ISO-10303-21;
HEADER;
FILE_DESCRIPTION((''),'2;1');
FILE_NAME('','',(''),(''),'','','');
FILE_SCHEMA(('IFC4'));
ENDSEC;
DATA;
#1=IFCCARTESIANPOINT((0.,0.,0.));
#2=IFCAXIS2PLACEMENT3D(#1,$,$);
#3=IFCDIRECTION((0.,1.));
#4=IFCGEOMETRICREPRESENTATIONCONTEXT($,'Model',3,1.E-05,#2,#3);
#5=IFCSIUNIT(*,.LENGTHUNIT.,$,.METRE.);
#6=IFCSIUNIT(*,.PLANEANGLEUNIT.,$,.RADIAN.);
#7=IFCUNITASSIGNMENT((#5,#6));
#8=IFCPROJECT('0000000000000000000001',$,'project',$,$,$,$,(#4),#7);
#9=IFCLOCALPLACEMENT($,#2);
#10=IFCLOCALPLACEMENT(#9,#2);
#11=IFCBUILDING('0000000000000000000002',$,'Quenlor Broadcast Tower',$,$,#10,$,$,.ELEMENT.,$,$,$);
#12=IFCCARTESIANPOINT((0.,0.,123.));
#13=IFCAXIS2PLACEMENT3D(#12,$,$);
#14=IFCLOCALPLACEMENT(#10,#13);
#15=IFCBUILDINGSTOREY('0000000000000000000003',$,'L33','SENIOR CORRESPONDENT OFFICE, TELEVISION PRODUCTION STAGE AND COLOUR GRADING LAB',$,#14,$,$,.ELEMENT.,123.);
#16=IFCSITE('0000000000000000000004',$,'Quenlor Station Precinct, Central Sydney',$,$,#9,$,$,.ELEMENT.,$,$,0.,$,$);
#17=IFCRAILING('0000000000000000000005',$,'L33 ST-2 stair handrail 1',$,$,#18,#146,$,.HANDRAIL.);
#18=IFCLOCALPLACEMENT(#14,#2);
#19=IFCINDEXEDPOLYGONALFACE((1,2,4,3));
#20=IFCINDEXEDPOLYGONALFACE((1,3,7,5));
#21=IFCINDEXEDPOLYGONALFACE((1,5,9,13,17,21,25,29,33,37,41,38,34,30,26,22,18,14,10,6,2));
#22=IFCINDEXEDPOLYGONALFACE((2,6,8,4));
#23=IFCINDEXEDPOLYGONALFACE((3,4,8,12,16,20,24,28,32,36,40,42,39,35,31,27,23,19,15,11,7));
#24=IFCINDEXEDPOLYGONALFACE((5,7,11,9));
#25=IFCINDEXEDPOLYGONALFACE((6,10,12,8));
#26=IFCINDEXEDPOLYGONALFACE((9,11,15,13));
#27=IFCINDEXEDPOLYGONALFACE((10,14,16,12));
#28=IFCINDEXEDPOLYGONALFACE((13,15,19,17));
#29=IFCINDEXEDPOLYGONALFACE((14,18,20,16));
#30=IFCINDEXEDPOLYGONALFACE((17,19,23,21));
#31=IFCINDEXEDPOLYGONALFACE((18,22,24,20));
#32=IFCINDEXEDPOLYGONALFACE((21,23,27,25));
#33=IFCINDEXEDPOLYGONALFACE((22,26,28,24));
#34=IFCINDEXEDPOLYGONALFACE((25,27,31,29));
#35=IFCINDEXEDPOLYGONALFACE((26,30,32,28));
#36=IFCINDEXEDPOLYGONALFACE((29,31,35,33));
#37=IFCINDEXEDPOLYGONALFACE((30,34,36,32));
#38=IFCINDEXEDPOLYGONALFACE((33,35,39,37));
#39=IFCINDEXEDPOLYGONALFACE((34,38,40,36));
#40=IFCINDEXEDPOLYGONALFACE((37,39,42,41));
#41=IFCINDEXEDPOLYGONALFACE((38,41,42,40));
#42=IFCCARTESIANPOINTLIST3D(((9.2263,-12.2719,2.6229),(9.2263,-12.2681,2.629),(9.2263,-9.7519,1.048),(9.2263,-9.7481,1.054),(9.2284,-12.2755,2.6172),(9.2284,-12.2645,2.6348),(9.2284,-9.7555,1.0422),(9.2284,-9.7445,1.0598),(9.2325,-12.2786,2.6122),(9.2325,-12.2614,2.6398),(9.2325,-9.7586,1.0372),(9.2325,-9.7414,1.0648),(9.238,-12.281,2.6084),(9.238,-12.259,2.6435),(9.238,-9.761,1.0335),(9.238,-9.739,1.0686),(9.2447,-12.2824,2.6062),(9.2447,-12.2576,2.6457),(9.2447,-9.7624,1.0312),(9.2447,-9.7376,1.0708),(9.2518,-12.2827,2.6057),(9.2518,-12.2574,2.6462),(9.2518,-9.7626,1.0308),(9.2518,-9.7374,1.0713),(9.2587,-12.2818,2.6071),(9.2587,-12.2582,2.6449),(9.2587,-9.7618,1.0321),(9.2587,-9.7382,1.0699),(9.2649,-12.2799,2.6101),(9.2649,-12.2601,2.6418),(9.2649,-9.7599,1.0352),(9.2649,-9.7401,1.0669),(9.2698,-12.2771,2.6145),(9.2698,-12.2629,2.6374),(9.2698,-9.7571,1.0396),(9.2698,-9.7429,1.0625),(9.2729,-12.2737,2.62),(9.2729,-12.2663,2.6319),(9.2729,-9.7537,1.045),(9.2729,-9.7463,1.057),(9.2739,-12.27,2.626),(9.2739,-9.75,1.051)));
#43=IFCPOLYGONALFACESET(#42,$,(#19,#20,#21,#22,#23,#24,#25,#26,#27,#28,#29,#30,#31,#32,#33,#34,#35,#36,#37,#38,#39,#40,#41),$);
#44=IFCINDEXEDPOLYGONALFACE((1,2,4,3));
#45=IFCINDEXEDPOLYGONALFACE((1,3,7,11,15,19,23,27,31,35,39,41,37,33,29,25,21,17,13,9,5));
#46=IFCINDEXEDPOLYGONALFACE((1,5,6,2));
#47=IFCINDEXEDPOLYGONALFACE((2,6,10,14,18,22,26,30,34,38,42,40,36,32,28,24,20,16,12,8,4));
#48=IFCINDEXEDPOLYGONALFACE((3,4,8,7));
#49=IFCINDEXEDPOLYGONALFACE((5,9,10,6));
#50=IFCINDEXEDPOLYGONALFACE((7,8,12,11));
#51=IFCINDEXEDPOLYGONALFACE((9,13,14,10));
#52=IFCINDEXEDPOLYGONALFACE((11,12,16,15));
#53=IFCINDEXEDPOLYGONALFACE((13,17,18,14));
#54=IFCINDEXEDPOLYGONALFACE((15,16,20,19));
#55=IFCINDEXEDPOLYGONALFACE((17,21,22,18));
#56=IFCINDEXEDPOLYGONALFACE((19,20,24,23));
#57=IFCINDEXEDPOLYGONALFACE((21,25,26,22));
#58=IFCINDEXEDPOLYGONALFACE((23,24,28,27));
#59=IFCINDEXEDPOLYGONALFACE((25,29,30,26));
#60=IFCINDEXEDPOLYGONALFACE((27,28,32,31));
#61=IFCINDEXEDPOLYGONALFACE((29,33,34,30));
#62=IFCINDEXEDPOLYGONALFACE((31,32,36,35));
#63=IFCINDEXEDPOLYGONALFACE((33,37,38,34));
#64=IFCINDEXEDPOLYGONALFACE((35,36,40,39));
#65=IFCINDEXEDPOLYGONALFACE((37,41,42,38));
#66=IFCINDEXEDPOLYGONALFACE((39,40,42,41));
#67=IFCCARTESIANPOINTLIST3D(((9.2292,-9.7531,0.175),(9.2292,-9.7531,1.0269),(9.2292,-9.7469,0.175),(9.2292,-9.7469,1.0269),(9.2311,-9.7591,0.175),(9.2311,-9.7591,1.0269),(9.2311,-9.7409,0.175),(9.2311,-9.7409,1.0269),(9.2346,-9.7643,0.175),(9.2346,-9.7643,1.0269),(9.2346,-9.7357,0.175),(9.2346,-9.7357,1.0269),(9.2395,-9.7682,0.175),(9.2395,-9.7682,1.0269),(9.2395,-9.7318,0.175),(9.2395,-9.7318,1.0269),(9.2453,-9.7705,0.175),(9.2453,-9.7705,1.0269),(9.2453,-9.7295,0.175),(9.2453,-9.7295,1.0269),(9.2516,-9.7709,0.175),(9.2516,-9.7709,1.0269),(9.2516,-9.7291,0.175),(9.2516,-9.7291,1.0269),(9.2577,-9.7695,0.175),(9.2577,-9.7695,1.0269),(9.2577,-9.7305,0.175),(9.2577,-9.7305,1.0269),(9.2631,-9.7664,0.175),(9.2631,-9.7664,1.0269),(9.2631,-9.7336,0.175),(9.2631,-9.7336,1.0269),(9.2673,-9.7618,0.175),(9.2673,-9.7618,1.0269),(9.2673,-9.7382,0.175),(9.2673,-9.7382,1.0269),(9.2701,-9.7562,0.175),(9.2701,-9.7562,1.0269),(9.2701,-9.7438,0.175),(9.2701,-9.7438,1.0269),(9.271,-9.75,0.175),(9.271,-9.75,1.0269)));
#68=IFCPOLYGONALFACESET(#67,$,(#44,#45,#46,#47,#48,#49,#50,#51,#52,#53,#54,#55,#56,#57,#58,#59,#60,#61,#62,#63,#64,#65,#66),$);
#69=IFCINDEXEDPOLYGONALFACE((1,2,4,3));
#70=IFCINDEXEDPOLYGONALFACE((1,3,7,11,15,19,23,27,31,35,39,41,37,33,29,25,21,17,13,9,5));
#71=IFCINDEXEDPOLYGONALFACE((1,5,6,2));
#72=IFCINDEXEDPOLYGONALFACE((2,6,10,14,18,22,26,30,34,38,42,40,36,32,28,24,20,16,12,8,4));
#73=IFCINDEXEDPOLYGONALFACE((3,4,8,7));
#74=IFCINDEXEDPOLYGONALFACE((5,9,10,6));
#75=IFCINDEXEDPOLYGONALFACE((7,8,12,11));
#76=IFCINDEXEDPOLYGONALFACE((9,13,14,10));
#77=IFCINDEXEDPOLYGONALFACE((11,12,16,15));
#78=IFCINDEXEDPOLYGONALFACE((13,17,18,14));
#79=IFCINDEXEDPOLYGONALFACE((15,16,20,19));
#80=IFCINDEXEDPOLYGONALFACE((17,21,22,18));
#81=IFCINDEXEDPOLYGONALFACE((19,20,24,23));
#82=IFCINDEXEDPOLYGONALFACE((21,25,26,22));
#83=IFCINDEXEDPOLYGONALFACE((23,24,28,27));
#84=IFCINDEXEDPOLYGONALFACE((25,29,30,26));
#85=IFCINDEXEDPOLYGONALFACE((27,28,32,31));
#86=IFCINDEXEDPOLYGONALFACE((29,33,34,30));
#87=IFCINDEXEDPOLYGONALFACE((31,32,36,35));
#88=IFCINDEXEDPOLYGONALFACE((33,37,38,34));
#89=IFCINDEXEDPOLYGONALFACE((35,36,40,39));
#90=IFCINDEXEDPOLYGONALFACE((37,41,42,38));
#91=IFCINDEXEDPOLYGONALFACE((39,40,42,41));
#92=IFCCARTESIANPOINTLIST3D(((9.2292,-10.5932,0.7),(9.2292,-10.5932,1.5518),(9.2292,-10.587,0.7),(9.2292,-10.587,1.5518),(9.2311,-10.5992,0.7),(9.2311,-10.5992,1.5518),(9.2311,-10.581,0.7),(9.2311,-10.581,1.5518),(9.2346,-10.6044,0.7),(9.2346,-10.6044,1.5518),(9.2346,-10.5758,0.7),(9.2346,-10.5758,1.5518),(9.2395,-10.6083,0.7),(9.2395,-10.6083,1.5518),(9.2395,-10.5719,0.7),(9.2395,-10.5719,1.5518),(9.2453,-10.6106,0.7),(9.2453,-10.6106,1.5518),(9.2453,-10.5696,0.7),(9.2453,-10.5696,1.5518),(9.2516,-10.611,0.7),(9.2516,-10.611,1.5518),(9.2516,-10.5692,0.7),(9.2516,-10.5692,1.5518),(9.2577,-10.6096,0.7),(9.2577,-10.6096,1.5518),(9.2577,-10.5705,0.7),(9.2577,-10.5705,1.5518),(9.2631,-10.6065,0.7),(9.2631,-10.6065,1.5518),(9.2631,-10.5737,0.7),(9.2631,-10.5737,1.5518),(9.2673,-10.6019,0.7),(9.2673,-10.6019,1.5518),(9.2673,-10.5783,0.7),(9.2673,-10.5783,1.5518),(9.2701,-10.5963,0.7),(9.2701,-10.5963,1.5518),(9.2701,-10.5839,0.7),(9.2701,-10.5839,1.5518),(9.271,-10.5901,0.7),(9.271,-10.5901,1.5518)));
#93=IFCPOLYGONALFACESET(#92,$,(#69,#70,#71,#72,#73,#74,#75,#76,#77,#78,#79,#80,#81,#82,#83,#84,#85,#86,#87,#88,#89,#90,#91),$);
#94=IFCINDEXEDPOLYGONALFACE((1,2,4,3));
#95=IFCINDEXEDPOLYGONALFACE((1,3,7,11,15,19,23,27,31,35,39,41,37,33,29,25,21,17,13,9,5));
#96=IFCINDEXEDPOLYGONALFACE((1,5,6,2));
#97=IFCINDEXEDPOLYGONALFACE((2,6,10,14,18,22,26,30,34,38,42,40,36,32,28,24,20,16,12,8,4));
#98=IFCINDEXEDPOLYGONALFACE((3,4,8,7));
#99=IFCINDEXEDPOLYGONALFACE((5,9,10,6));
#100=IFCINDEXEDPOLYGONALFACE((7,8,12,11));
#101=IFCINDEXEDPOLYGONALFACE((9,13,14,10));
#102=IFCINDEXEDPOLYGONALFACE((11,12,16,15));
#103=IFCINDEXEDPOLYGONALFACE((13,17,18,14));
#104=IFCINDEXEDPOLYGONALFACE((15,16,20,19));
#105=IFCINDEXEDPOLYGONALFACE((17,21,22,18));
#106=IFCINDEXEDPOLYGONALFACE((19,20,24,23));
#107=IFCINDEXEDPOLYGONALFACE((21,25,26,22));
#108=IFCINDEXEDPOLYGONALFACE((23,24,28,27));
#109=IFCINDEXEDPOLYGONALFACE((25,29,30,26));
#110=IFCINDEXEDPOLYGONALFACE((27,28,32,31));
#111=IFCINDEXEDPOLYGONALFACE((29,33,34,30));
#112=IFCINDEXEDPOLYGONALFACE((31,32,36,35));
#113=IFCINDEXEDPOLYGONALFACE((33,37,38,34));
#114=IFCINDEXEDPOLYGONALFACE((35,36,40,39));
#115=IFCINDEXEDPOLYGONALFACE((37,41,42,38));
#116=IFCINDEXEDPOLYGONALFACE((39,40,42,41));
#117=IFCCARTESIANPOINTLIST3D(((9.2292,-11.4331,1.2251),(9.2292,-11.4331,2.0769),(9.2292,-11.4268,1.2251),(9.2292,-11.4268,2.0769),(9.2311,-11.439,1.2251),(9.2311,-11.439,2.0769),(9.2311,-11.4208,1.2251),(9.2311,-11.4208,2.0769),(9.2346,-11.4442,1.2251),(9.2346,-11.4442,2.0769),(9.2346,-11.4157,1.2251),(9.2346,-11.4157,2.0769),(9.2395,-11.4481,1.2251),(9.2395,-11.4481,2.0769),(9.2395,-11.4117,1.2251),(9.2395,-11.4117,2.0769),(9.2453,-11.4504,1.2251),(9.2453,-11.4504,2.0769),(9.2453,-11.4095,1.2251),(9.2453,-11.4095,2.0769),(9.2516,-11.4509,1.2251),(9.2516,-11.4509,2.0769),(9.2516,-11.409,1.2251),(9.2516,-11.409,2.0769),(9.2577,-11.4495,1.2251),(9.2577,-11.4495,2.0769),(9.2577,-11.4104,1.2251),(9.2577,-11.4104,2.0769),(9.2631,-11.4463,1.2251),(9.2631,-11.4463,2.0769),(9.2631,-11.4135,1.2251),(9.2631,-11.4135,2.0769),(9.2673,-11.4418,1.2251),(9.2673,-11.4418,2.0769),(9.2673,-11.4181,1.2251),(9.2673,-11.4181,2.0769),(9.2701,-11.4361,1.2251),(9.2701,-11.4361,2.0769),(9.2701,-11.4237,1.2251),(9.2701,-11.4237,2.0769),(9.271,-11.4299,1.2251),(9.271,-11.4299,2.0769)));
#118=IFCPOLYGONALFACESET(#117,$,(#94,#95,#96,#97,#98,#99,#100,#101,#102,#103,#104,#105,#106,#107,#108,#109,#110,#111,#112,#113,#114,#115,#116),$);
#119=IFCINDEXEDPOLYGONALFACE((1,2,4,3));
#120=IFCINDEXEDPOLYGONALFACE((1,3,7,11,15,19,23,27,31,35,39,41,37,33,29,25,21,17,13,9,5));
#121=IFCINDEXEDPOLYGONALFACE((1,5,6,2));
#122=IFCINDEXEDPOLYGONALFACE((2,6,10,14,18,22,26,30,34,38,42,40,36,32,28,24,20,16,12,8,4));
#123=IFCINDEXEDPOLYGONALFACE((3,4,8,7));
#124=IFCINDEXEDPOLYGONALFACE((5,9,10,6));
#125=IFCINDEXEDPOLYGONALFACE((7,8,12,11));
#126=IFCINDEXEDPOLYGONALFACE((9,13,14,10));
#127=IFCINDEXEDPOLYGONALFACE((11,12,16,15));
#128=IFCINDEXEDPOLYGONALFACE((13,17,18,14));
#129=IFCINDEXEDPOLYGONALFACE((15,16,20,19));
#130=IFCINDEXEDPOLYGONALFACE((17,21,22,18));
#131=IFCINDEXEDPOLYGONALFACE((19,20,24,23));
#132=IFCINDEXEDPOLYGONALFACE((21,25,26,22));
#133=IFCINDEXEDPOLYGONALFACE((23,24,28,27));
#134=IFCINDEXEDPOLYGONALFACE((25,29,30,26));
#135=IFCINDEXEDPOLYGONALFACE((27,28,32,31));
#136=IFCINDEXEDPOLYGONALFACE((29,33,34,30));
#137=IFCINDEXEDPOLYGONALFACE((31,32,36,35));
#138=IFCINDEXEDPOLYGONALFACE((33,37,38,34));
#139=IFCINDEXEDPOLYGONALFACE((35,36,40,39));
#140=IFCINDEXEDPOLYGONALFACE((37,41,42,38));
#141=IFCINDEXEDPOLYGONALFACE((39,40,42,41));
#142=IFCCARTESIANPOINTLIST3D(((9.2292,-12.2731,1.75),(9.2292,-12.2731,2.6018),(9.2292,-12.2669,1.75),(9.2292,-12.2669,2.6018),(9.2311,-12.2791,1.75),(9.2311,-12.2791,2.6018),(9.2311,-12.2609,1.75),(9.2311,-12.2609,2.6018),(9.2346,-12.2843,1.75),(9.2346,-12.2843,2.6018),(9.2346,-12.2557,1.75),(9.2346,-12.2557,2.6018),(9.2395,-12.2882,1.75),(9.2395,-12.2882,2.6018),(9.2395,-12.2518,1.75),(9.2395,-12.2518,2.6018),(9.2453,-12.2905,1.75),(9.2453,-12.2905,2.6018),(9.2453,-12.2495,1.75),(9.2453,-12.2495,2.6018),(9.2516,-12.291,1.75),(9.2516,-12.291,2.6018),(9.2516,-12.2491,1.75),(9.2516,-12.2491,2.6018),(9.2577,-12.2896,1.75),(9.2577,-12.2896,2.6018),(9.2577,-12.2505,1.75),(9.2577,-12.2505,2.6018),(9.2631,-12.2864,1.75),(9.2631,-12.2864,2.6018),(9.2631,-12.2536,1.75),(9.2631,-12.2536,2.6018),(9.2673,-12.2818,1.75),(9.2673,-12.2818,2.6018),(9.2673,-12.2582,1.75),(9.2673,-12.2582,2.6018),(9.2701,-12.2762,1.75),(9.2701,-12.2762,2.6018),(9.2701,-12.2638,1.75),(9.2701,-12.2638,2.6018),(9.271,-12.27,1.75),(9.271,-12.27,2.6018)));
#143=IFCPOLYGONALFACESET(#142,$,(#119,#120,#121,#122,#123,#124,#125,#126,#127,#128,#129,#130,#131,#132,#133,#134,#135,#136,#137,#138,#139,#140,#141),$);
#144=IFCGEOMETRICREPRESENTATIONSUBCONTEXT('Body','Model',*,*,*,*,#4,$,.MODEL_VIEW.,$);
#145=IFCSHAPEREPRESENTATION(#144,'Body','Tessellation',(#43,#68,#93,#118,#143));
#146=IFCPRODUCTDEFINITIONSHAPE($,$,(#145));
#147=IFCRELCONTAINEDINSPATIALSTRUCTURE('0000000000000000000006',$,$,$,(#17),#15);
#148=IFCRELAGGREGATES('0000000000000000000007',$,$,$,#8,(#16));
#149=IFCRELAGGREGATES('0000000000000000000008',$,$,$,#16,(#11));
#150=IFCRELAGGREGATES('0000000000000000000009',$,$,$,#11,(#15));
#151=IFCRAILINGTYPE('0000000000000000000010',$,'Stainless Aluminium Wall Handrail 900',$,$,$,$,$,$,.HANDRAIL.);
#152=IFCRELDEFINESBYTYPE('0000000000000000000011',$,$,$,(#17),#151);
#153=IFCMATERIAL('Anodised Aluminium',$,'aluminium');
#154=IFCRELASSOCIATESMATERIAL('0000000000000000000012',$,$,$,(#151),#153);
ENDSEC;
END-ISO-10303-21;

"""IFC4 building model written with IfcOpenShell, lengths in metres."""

from ifc_helpers import new_model, si_unit, direction, frame, origin, origin_2d, place, context, subcontext, project, spatial, circle, extrude, material, type_object, element, save


model = new_model("IFC4")

# Units and contexts
model_context = context("Model", 3, precision=1e-05, world=origin(), true_north=direction((0.0, 1.0)))
body_context = subcontext(model_context, "Body", "Model", "MODEL_VIEW")
ifc_project = project(units=[si_unit("LENGTHUNIT", "METRE"), si_unit("PLANEANGLEUNIT", "RADIAN")], contexts=[model_context])

# Site, building, storey
site_placement = place(None, origin())
site = spatial("IfcSite", under=ifc_project, at=site_placement, Name="Quenlor Station Precinct, Central Sydney", CompositionType="ELEMENT", RefElevation=0.0)
building_placement = place(site_placement, origin())
building = spatial("IfcBuilding", under=site, at=building_placement, Name="Quenlor Broadcast Tower", CompositionType="ELEMENT")
storey_placement = place(building_placement, frame((0.0, 0.0, 123.0)))
storey = spatial("IfcBuildingStorey", under=building, at=storey_placement, Name="L33", Description="SENIOR CORRESPONDENT OFFICE, TELEVISION PRODUCTION STAGE AND COLOUR GRADING LAB", CompositionType="ELEMENT", Elevation=123.0)

# Railing
ifc_material_1 = material(Name="Anodised Aluminium", Category="aluminium")
railing_type_1 = type_object("IfcRailingType", Name="Stainless Aluminium Wall Handrail 900", PredefinedType="HANDRAIL", material=ifc_material_1)
railing_1_placement = place(storey_placement, frame((9.25, -9.75, 0.175)))
element("IfcRailing", 1, at=railing_1_placement, inside=storey, type_object=railing_type_1, Name="L33 ST-2 stair handrail 1", PredefinedType="HANDRAIL", context=body_context, shape_type="SweptSolid", body=[
    extrude(circle(Radius=0.0239, at=origin_2d()), frame((0.0, 0.0, 0.876), z_axis=(0.0, -0.848008, 0.529984), x_axis=(1.0, 0.0, 0.0)), (0.0, 0.0, 1.0), 2.9717),
    extrude(circle(Radius=0.021, at=origin_2d()), origin(), (0.0, 0.0, 1.0), 0.8518),
    extrude(circle(Radius=0.021, at=origin_2d()), frame((0.0, -0.8401, 0.5249)), (0.0, 0.0, 1.0), 0.8518),
    extrude(circle(Radius=0.021, at=origin_2d()), frame((0.0, -1.6799, 1.05)), (0.0, 0.0, 1.0), 0.8518),
    extrude(circle(Radius=0.021, at=origin_2d()), frame((0.0, -2.52, 1.575)), (0.0, 0.0, 1.0), 0.8518),
])

save(model, "model.ifc")
